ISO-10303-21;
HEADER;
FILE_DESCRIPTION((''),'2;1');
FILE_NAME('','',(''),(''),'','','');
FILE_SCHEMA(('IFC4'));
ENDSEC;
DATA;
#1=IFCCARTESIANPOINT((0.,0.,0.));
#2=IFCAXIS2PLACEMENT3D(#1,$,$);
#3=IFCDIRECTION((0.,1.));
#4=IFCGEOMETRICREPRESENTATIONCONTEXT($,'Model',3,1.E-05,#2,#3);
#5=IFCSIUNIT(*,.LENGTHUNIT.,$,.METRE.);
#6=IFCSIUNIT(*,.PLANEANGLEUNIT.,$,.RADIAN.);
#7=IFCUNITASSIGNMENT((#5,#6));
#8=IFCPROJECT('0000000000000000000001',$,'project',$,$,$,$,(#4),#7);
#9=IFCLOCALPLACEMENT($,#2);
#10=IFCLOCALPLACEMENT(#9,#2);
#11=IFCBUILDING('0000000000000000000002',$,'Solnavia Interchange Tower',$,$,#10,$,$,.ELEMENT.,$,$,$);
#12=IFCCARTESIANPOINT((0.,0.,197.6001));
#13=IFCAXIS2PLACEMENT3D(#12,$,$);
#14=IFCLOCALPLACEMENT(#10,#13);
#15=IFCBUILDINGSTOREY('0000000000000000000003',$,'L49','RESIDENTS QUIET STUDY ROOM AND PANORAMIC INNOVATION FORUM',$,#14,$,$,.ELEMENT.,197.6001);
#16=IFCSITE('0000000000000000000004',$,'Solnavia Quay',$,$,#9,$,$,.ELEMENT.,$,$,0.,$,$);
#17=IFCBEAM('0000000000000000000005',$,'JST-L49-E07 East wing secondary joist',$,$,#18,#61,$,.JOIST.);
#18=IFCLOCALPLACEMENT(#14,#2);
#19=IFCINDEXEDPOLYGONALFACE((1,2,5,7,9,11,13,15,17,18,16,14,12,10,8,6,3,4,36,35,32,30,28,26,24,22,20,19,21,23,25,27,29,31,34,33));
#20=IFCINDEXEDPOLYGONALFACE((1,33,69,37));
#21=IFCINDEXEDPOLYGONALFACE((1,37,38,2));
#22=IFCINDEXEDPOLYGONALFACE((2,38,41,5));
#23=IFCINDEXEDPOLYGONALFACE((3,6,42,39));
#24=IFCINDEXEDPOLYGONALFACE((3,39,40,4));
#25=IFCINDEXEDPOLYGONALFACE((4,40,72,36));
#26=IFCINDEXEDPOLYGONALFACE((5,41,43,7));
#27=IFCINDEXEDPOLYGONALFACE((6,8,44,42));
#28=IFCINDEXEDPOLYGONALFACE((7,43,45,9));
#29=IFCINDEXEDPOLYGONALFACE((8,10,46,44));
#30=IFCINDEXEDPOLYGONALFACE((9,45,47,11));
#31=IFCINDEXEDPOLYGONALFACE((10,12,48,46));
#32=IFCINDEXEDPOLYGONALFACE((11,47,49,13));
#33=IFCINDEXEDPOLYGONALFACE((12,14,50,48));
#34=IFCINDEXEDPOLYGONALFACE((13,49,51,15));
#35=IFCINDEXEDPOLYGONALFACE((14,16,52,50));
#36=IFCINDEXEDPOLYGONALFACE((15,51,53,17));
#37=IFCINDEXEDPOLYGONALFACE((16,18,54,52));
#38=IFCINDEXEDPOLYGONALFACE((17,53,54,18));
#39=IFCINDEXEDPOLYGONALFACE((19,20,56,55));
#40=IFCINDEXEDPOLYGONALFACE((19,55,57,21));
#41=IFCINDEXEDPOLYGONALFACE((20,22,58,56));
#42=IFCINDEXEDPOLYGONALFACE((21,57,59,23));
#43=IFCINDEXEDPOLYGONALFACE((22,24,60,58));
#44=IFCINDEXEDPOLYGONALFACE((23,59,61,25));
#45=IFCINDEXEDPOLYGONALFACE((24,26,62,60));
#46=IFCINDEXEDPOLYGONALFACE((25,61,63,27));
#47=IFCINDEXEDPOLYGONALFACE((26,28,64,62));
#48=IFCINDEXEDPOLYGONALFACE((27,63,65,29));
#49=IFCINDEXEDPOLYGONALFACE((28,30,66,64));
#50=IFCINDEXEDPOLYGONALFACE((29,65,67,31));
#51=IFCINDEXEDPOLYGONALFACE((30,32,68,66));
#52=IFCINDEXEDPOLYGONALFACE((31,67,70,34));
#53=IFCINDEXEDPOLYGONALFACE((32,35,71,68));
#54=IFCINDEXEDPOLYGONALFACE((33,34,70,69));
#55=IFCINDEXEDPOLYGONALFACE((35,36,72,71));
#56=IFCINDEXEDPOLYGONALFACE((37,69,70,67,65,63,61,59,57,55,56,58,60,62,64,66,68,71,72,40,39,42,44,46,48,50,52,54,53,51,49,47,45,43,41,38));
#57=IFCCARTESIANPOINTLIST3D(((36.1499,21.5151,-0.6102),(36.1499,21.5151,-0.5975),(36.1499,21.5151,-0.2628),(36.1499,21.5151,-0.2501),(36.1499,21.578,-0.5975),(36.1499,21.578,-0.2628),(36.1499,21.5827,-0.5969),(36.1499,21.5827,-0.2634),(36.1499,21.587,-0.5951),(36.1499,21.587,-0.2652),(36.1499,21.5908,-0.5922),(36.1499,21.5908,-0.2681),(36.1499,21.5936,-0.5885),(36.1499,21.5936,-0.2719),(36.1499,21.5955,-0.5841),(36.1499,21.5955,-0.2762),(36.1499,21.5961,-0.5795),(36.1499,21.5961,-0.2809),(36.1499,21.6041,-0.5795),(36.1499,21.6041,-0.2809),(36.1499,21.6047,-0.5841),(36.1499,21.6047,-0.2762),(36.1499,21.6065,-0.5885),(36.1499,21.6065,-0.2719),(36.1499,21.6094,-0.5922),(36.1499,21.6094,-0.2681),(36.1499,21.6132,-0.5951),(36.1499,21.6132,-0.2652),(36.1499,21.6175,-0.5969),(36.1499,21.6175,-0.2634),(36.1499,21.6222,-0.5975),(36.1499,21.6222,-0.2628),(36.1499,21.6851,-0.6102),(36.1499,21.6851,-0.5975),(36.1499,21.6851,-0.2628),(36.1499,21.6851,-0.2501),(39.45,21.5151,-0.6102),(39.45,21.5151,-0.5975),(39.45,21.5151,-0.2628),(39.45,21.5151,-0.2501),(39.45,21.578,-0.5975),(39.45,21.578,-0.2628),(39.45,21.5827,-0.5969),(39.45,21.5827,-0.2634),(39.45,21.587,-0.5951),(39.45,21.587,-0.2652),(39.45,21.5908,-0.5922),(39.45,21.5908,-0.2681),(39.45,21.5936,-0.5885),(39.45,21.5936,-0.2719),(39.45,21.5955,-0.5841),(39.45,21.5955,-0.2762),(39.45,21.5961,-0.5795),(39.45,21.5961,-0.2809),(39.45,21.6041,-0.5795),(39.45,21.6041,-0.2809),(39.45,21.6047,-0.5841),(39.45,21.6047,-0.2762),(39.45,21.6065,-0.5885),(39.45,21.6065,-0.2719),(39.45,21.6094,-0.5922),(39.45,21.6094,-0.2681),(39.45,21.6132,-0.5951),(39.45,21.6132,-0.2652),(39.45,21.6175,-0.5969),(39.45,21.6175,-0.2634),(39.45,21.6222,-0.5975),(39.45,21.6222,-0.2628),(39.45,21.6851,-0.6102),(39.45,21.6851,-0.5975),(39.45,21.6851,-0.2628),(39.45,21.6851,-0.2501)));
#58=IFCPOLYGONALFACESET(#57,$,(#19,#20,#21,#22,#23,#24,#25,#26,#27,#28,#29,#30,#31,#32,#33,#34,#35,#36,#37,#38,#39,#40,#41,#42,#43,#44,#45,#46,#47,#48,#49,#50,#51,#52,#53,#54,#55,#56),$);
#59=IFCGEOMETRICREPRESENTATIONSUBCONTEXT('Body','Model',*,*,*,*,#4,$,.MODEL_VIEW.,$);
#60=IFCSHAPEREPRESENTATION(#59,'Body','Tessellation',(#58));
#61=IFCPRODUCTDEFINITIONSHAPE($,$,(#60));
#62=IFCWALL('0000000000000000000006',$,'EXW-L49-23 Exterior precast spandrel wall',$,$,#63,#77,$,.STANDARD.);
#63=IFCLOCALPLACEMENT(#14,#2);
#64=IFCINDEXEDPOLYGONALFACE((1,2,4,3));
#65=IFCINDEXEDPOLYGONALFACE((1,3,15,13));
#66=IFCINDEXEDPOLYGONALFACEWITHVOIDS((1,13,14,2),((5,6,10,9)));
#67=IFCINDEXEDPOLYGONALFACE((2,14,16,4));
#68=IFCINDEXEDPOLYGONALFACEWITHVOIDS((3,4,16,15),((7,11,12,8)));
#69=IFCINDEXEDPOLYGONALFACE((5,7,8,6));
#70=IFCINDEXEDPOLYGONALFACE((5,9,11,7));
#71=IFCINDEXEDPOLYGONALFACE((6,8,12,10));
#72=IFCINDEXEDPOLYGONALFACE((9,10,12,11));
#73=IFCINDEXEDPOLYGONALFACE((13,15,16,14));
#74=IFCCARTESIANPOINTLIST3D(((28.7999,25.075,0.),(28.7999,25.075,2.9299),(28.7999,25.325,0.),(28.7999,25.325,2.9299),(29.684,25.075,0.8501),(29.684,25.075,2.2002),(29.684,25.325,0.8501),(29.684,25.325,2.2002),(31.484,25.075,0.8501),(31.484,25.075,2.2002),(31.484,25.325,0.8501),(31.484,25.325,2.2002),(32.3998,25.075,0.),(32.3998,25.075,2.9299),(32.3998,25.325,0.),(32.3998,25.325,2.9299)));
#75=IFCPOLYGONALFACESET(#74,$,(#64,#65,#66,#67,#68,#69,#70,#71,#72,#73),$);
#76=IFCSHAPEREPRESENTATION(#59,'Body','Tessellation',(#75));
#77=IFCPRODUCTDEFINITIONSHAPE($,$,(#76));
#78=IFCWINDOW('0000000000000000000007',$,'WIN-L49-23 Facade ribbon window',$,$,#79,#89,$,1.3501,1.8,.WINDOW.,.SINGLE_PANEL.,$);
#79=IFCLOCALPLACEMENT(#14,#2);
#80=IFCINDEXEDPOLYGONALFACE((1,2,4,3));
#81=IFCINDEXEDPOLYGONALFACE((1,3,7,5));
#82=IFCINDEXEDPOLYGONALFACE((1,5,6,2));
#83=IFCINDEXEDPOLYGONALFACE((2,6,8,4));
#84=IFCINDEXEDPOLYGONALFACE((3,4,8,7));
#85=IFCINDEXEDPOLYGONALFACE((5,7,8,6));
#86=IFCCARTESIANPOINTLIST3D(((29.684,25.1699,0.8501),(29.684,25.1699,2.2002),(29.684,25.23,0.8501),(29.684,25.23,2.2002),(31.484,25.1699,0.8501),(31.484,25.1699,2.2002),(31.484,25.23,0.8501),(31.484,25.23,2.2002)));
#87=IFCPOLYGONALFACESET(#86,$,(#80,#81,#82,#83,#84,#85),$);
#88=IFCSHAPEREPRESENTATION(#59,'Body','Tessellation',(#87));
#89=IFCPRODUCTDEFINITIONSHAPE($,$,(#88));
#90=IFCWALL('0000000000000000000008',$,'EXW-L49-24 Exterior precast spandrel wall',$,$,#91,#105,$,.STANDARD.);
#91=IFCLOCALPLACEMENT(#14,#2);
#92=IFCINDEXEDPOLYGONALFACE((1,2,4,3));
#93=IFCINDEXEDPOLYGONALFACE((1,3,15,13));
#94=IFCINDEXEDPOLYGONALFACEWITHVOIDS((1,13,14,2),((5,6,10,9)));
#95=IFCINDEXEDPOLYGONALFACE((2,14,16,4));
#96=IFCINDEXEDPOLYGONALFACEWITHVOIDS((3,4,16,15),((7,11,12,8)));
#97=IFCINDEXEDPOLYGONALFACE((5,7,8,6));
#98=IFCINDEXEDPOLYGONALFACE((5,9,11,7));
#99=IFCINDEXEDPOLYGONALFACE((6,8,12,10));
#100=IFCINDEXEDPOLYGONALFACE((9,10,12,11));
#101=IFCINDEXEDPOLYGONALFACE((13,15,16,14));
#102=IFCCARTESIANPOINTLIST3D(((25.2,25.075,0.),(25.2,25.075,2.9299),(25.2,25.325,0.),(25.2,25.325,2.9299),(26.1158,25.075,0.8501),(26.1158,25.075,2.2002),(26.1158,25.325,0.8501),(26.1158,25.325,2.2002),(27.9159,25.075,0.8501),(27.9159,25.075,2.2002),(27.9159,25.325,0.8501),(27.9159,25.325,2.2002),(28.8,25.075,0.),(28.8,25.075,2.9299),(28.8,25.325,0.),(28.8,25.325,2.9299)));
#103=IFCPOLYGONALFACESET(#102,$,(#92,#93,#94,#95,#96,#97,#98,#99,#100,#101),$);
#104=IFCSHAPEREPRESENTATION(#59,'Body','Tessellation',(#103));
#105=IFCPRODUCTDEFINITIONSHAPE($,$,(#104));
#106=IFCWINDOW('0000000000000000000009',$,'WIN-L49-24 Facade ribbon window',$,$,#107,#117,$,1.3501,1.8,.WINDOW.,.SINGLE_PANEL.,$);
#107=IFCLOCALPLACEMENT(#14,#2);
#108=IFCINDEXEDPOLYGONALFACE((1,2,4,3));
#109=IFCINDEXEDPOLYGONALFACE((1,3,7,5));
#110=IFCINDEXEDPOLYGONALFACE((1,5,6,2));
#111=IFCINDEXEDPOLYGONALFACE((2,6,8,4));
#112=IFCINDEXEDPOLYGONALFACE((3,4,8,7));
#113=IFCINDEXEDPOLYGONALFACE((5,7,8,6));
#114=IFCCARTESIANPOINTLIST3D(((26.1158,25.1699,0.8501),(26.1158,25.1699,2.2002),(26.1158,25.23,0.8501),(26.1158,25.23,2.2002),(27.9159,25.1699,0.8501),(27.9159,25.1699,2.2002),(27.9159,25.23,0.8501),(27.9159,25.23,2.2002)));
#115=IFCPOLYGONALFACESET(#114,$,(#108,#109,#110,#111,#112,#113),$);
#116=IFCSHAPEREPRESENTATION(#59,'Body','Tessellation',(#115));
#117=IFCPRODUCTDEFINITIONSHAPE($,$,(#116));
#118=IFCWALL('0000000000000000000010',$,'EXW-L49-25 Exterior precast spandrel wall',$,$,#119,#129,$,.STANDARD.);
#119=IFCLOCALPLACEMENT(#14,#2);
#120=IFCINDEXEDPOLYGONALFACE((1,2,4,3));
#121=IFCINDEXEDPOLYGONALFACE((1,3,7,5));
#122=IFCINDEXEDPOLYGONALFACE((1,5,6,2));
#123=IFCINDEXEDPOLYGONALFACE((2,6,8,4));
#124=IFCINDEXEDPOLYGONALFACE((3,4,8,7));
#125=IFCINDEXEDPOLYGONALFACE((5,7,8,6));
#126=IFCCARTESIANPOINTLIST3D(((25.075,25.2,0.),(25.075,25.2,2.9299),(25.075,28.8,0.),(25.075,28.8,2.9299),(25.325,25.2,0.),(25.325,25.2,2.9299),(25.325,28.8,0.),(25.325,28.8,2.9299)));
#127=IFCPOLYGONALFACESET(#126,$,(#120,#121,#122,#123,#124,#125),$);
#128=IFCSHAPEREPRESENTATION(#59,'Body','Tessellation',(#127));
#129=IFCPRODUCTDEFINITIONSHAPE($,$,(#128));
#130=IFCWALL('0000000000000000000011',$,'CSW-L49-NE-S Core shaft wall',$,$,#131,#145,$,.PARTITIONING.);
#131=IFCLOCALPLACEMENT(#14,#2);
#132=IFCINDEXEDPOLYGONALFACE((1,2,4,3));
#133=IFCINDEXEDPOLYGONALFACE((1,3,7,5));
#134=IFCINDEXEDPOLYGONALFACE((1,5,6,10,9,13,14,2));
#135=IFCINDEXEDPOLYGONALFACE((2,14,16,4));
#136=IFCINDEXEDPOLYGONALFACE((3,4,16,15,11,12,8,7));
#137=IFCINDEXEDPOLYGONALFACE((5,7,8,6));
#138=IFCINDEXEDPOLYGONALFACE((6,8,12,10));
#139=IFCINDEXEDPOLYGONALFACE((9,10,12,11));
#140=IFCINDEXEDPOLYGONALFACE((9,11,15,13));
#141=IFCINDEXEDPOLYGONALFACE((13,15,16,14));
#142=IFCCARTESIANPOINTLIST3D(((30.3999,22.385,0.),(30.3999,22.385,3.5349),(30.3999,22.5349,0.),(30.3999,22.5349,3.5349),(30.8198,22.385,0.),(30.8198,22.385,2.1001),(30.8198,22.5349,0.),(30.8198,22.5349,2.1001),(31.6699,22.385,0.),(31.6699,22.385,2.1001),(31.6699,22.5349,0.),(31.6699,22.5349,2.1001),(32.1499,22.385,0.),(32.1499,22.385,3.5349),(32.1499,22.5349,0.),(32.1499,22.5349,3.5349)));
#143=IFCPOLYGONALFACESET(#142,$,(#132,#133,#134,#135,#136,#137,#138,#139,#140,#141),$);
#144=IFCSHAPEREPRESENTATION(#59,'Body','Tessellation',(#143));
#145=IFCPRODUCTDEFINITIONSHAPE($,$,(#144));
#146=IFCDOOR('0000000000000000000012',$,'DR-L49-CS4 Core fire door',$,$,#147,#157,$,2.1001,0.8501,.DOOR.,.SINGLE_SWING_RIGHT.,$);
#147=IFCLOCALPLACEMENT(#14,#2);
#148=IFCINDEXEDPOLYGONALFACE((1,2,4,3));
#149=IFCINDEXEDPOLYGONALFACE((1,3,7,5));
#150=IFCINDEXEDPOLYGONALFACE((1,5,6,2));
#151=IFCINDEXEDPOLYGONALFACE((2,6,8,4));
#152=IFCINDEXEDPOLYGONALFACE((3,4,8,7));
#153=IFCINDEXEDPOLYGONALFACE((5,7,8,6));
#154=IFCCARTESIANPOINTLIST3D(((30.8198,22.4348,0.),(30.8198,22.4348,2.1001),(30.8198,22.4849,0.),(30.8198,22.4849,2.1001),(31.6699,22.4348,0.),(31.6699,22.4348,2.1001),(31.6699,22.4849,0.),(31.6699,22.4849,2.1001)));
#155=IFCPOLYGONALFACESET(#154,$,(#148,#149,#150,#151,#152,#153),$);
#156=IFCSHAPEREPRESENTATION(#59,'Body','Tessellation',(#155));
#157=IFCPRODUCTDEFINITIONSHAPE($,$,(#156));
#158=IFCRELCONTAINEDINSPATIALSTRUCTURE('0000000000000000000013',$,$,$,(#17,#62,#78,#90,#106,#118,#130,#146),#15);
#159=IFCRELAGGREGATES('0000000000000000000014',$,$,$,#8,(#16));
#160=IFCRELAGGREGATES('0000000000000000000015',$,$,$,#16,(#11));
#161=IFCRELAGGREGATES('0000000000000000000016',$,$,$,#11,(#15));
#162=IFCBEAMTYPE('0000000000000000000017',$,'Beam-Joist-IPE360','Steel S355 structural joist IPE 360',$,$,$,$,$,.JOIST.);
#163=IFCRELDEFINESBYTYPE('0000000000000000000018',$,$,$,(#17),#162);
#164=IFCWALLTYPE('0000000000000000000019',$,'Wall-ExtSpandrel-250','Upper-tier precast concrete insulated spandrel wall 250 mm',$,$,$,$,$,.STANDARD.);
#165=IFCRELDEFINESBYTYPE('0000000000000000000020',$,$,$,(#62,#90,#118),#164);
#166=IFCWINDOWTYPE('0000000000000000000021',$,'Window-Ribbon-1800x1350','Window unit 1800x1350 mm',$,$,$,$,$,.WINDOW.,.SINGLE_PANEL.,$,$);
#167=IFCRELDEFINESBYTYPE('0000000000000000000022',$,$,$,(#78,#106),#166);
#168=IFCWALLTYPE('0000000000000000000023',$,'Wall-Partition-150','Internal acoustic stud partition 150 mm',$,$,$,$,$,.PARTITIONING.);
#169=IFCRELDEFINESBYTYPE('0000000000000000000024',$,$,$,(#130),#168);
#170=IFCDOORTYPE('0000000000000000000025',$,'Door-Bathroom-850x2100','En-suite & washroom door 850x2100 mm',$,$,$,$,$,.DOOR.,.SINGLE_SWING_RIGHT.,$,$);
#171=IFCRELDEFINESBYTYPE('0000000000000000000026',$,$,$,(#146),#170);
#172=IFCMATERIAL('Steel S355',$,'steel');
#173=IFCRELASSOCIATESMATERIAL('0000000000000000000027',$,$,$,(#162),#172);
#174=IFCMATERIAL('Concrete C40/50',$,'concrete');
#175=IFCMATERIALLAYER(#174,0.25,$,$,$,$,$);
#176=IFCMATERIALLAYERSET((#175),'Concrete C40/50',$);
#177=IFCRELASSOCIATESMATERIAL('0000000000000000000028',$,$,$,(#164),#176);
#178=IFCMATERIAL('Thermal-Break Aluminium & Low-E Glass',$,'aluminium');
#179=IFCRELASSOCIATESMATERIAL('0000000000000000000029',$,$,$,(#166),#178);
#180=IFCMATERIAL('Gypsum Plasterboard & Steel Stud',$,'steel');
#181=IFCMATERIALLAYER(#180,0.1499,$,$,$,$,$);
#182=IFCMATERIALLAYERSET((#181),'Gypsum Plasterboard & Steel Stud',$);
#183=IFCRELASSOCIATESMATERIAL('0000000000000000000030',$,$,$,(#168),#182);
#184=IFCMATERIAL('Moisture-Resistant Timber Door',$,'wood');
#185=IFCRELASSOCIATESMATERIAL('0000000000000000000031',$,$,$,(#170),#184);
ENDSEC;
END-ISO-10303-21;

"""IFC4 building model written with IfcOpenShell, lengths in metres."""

from ifc_helpers import new_model, si_unit, direction, frame, frame_2d, origin, origin_2d, place, context, subcontext, project, spatial, rectangle, i_section, extrude, material, layer, layer_set, material_profile, profile_set, type_object, element, fill, save


model = new_model("IFC4")

# Units and contexts
model_context = context("Model", 3, precision=1e-05, world=origin(), true_north=direction((0.0, 1.0)))
body_context = subcontext(model_context, "Body", "Model", "MODEL_VIEW")
ifc_project = project(units=[si_unit("LENGTHUNIT", "METRE"), si_unit("PLANEANGLEUNIT", "RADIAN")], contexts=[model_context])

# Site, building, storey
site_placement = place(None, origin())
site = spatial("IfcSite", under=ifc_project, at=site_placement, Name="Solnavia Quay", CompositionType="ELEMENT", RefElevation=0.0)
building_placement = place(site_placement, origin())
building = spatial("IfcBuilding", under=site, at=building_placement, Name="Solnavia Interchange Tower", CompositionType="ELEMENT")
storey_placement = place(building_placement, frame((0.0, 0.0, 197.6001)))
storey = spatial("IfcBuildingStorey", under=building, at=storey_placement, Name="L49", Description="RESIDENTS QUIET STUDY ROOM AND PANORAMIC INNOVATION FORUM", CompositionType="ELEMENT", Elevation=197.6001)

# Shared definitions
ifc_material_1 = material(Name="Steel S355", Category="steel")

# Beam
ifc_material_profile_1 = material_profile(ifc_material_1, i_section(OverallWidth=0.1699, OverallDepth=0.3601, WebThickness=0.0081, FlangeThickness=0.0127, FilletRadius=0.0181, at=origin_2d()), Name="IPE 360")
ifc_profile_set_1 = profile_set([ifc_material_profile_1], Name="Steel S355")
beam_type_1 = type_object("IfcBeamType", Name="Beam-Joist-IPE360", Description="Steel S355 structural joist IPE 360", PredefinedType="JOIST", material=ifc_profile_set_1)
beam_1_placement = place(storey_placement, frame((36.1499, 21.6001, -0.4302), z_axis=(1.0, 0.0, 0.0), x_axis=(0.0, 1.0, 0.0)))
element("IfcBeam", 1, at=beam_1_placement, inside=storey, type_object=beam_type_1, Name="JST-L49-E07 East wing secondary joist", PredefinedType="JOIST", context=body_context, shape_type="SweptSolid", body=[
    extrude(i_section(OverallWidth=0.1699, OverallDepth=0.3601, WebThickness=0.0081, FlangeThickness=0.0127, FilletRadius=0.0181, at=origin_2d()), origin(), (0.0, 0.0, 1.0), 3.3),
])

# Walls, openings, windows
ifc_material_2 = material(Name="Concrete C40/50", Category="concrete")
ifc_layer_1 = layer(ifc_material_2, 0.25)
ifc_layer_set_1 = layer_set([ifc_layer_1], Name="Concrete C40/50")
wall_type_1 = type_object("IfcWallType", Name="Wall-ExtSpandrel-250", Description="Upper-tier precast concrete insulated spandrel wall 250 mm", PredefinedType="STANDARD", material=ifc_layer_set_1)
wall_1_placement = place(storey_placement, frame((28.8, 25.2, 0.0), z_axis=(0.0, 0.0, 1.0), x_axis=(1.0, 0.0, 0.0)))
wall_1 = element("IfcWall", 2, at=wall_1_placement, inside=storey, type_object=wall_type_1, Name="EXW-L49-23 Exterior precast spandrel wall", PredefinedType="STANDARD", context=body_context, shape_type="SweptSolid", body=[
    extrude(rectangle(XDim=3.5999, YDim=0.25, at=frame_2d((1.7998, 0.0))), origin(), (0.0, 0.0, 1.0), 2.9299),
])
opening_1_placement = place(wall_1_placement, frame((0.884, 0.0, 0.8501)))
opening_1 = element("IfcOpeningElement", 3, at=opening_1_placement, cuts=wall_1, PredefinedType="OPENING", context=body_context, shape_type="SweptSolid", body=[
    extrude(rectangle(XDim=1.8, YDim=1.3501, at=frame_2d((0.8999, 0.675))), frame((0.0, 0.135, 0.0), z_axis=(0.0, -1.0, 0.0), x_axis=(1.0, 0.0, 0.0)), (0.0, 0.0, 1.0), 0.27),
])
ifc_material_3 = material(Name="Thermal-Break Aluminium & Low-E Glass", Category="aluminium")
window_type = type_object("IfcWindowType", Name="Window-Ribbon-1800x1350", Description="Window unit 1800x1350 mm", PartitioningType="SINGLE_PANEL", PredefinedType="WINDOW", material=ifc_material_3)
window_1_placement = place(opening_1_placement, origin())
window_1 = element("IfcWindow", 4, at=window_1_placement, inside=storey, type_object=window_type, Name="WIN-L49-23 Facade ribbon window", OverallHeight=1.3501, OverallWidth=1.8, PartitioningType="SINGLE_PANEL", PredefinedType="WINDOW", context=body_context, shape_type="SweptSolid", body=[
    extrude(rectangle(XDim=1.8, YDim=1.3501, at=frame_2d((0.8999, 0.675))), frame((0.0, 0.03, 0.0), z_axis=(0.0, -1.0, 0.0), x_axis=(1.0, 0.0, 0.0)), (0.0, 0.0, 1.0), 0.0601),
])
fill(opening_1, window_1)
wall_2_placement = place(storey_placement, frame((25.2, 25.2, 0.0), z_axis=(0.0, 0.0, 1.0), x_axis=(1.0, 0.0, 0.0)))
wall_2 = element("IfcWall", 5, at=wall_2_placement, inside=storey, type_object=wall_type_1, Name="EXW-L49-24 Exterior precast spandrel wall", PredefinedType="STANDARD", context=body_context, shape_type="SweptSolid", body=[
    extrude(rectangle(XDim=3.6001, YDim=0.25, at=frame_2d((1.8, 0.0))), origin(), (0.0, 0.0, 1.0), 2.9299),
])
opening_2_placement = place(wall_2_placement, frame((0.916, 0.0, 0.8501)))
opening_2 = element("IfcOpeningElement", 6, at=opening_2_placement, cuts=wall_2, PredefinedType="OPENING", context=body_context, shape_type="SweptSolid", body=[
    extrude(rectangle(XDim=1.8, YDim=1.3501, at=frame_2d((0.8999, 0.675))), frame((0.0, 0.135, 0.0), z_axis=(0.0, -1.0, 0.0), x_axis=(1.0, 0.0, 0.0)), (0.0, 0.0, 1.0), 0.27),
])
window_2_placement = place(opening_2_placement, origin())
window_2 = element("IfcWindow", 7, at=window_2_placement, inside=storey, type_object=window_type, Name="WIN-L49-24 Facade ribbon window", OverallHeight=1.3501, OverallWidth=1.8, PartitioningType="SINGLE_PANEL", PredefinedType="WINDOW", context=body_context, shape_type="SweptSolid", body=[
    extrude(rectangle(XDim=1.8, YDim=1.3501, at=frame_2d((0.8999, 0.675))), frame((0.0, 0.03, 0.0), z_axis=(0.0, -1.0, 0.0), x_axis=(1.0, 0.0, 0.0)), (0.0, 0.0, 1.0), 0.0601),
])
fill(opening_2, window_2)

# Wall
wall_3_placement = place(storey_placement, frame((25.2, 25.2, 0.0), z_axis=(0.0, 0.0, 1.0), x_axis=(0.0, 1.0, 0.0)))
element("IfcWall", 8, at=wall_3_placement, inside=storey, type_object=wall_type_1, Name="EXW-L49-25 Exterior precast spandrel wall", PredefinedType="STANDARD", context=body_context, shape_type="SweptSolid", body=[
    extrude(rectangle(XDim=3.6001, YDim=0.25, at=frame_2d((1.8, 0.0))), origin(), (0.0, 0.0, 1.0), 2.9299),
])

# Wall, opening, door
ifc_material_4 = material(Name="Gypsum Plasterboard & Steel Stud", Category="steel")
ifc_layer_2 = layer(ifc_material_4, 0.1499)
ifc_layer_set_2 = layer_set([ifc_layer_2], Name="Gypsum Plasterboard & Steel Stud")
wall_type_2 = type_object("IfcWallType", Name="Wall-Partition-150", Description="Internal acoustic stud partition 150 mm", PredefinedType="PARTITIONING", material=ifc_layer_set_2)
wall_4_placement = place(storey_placement, frame((30.3999, 22.46, 0.0), z_axis=(0.0, 0.0, 1.0), x_axis=(1.0, 0.0, 0.0)))
wall_4 = element("IfcWall", 9, at=wall_4_placement, inside=storey, type_object=wall_type_2, Name="CSW-L49-NE-S Core shaft wall", PredefinedType="PARTITIONING", context=body_context, shape_type="SweptSolid", body=[
    extrude(rectangle(XDim=1.75, YDim=0.1499, at=frame_2d((0.875, 0.0))), origin(), (0.0, 0.0, 1.0), 3.5349),
])
opening_3_placement = place(wall_4_placement, frame((0.4199, 0.0, 0.0)))
opening_3 = element("IfcOpeningElement", 10, at=opening_3_placement, cuts=wall_4, PredefinedType="OPENING", context=body_context, shape_type="SweptSolid", body=[
    extrude(rectangle(XDim=0.8501, YDim=2.1001, at=frame_2d((0.425, 1.05))), frame((0.0, 0.085, 0.0), z_axis=(0.0, -1.0, 0.0), x_axis=(1.0, 0.0, 0.0)), (0.0, 0.0, 1.0), 0.1699),
])
ifc_material_5 = material(Name="Moisture-Resistant Timber Door", Category="wood")
door_type_1 = type_object("IfcDoorType", Name="Door-Bathroom-850x2100", Description="En-suite & washroom door 850x2100 mm", OperationType="SINGLE_SWING_RIGHT", PredefinedType="DOOR", material=ifc_material_5)
door_1_placement = place(opening_3_placement, origin())
door_1 = element("IfcDoor", 11, at=door_1_placement, inside=storey, type_object=door_type_1, Name="DR-L49-CS4 Core fire door", OperationType="SINGLE_SWING_RIGHT", OverallHeight=2.1001, OverallWidth=0.8501, PredefinedType="DOOR", context=body_context, shape_type="SweptSolid", body=[
    extrude(rectangle(XDim=0.8501, YDim=2.1001, at=frame_2d((0.425, 1.05))), frame((0.0, 0.0249, 0.0), z_axis=(0.0, -1.0, 0.0), x_axis=(1.0, 0.0, 0.0)), (0.0, 0.0, 1.0), 0.05),
])
fill(opening_3, door_1)

save(model, "model.ifc")
